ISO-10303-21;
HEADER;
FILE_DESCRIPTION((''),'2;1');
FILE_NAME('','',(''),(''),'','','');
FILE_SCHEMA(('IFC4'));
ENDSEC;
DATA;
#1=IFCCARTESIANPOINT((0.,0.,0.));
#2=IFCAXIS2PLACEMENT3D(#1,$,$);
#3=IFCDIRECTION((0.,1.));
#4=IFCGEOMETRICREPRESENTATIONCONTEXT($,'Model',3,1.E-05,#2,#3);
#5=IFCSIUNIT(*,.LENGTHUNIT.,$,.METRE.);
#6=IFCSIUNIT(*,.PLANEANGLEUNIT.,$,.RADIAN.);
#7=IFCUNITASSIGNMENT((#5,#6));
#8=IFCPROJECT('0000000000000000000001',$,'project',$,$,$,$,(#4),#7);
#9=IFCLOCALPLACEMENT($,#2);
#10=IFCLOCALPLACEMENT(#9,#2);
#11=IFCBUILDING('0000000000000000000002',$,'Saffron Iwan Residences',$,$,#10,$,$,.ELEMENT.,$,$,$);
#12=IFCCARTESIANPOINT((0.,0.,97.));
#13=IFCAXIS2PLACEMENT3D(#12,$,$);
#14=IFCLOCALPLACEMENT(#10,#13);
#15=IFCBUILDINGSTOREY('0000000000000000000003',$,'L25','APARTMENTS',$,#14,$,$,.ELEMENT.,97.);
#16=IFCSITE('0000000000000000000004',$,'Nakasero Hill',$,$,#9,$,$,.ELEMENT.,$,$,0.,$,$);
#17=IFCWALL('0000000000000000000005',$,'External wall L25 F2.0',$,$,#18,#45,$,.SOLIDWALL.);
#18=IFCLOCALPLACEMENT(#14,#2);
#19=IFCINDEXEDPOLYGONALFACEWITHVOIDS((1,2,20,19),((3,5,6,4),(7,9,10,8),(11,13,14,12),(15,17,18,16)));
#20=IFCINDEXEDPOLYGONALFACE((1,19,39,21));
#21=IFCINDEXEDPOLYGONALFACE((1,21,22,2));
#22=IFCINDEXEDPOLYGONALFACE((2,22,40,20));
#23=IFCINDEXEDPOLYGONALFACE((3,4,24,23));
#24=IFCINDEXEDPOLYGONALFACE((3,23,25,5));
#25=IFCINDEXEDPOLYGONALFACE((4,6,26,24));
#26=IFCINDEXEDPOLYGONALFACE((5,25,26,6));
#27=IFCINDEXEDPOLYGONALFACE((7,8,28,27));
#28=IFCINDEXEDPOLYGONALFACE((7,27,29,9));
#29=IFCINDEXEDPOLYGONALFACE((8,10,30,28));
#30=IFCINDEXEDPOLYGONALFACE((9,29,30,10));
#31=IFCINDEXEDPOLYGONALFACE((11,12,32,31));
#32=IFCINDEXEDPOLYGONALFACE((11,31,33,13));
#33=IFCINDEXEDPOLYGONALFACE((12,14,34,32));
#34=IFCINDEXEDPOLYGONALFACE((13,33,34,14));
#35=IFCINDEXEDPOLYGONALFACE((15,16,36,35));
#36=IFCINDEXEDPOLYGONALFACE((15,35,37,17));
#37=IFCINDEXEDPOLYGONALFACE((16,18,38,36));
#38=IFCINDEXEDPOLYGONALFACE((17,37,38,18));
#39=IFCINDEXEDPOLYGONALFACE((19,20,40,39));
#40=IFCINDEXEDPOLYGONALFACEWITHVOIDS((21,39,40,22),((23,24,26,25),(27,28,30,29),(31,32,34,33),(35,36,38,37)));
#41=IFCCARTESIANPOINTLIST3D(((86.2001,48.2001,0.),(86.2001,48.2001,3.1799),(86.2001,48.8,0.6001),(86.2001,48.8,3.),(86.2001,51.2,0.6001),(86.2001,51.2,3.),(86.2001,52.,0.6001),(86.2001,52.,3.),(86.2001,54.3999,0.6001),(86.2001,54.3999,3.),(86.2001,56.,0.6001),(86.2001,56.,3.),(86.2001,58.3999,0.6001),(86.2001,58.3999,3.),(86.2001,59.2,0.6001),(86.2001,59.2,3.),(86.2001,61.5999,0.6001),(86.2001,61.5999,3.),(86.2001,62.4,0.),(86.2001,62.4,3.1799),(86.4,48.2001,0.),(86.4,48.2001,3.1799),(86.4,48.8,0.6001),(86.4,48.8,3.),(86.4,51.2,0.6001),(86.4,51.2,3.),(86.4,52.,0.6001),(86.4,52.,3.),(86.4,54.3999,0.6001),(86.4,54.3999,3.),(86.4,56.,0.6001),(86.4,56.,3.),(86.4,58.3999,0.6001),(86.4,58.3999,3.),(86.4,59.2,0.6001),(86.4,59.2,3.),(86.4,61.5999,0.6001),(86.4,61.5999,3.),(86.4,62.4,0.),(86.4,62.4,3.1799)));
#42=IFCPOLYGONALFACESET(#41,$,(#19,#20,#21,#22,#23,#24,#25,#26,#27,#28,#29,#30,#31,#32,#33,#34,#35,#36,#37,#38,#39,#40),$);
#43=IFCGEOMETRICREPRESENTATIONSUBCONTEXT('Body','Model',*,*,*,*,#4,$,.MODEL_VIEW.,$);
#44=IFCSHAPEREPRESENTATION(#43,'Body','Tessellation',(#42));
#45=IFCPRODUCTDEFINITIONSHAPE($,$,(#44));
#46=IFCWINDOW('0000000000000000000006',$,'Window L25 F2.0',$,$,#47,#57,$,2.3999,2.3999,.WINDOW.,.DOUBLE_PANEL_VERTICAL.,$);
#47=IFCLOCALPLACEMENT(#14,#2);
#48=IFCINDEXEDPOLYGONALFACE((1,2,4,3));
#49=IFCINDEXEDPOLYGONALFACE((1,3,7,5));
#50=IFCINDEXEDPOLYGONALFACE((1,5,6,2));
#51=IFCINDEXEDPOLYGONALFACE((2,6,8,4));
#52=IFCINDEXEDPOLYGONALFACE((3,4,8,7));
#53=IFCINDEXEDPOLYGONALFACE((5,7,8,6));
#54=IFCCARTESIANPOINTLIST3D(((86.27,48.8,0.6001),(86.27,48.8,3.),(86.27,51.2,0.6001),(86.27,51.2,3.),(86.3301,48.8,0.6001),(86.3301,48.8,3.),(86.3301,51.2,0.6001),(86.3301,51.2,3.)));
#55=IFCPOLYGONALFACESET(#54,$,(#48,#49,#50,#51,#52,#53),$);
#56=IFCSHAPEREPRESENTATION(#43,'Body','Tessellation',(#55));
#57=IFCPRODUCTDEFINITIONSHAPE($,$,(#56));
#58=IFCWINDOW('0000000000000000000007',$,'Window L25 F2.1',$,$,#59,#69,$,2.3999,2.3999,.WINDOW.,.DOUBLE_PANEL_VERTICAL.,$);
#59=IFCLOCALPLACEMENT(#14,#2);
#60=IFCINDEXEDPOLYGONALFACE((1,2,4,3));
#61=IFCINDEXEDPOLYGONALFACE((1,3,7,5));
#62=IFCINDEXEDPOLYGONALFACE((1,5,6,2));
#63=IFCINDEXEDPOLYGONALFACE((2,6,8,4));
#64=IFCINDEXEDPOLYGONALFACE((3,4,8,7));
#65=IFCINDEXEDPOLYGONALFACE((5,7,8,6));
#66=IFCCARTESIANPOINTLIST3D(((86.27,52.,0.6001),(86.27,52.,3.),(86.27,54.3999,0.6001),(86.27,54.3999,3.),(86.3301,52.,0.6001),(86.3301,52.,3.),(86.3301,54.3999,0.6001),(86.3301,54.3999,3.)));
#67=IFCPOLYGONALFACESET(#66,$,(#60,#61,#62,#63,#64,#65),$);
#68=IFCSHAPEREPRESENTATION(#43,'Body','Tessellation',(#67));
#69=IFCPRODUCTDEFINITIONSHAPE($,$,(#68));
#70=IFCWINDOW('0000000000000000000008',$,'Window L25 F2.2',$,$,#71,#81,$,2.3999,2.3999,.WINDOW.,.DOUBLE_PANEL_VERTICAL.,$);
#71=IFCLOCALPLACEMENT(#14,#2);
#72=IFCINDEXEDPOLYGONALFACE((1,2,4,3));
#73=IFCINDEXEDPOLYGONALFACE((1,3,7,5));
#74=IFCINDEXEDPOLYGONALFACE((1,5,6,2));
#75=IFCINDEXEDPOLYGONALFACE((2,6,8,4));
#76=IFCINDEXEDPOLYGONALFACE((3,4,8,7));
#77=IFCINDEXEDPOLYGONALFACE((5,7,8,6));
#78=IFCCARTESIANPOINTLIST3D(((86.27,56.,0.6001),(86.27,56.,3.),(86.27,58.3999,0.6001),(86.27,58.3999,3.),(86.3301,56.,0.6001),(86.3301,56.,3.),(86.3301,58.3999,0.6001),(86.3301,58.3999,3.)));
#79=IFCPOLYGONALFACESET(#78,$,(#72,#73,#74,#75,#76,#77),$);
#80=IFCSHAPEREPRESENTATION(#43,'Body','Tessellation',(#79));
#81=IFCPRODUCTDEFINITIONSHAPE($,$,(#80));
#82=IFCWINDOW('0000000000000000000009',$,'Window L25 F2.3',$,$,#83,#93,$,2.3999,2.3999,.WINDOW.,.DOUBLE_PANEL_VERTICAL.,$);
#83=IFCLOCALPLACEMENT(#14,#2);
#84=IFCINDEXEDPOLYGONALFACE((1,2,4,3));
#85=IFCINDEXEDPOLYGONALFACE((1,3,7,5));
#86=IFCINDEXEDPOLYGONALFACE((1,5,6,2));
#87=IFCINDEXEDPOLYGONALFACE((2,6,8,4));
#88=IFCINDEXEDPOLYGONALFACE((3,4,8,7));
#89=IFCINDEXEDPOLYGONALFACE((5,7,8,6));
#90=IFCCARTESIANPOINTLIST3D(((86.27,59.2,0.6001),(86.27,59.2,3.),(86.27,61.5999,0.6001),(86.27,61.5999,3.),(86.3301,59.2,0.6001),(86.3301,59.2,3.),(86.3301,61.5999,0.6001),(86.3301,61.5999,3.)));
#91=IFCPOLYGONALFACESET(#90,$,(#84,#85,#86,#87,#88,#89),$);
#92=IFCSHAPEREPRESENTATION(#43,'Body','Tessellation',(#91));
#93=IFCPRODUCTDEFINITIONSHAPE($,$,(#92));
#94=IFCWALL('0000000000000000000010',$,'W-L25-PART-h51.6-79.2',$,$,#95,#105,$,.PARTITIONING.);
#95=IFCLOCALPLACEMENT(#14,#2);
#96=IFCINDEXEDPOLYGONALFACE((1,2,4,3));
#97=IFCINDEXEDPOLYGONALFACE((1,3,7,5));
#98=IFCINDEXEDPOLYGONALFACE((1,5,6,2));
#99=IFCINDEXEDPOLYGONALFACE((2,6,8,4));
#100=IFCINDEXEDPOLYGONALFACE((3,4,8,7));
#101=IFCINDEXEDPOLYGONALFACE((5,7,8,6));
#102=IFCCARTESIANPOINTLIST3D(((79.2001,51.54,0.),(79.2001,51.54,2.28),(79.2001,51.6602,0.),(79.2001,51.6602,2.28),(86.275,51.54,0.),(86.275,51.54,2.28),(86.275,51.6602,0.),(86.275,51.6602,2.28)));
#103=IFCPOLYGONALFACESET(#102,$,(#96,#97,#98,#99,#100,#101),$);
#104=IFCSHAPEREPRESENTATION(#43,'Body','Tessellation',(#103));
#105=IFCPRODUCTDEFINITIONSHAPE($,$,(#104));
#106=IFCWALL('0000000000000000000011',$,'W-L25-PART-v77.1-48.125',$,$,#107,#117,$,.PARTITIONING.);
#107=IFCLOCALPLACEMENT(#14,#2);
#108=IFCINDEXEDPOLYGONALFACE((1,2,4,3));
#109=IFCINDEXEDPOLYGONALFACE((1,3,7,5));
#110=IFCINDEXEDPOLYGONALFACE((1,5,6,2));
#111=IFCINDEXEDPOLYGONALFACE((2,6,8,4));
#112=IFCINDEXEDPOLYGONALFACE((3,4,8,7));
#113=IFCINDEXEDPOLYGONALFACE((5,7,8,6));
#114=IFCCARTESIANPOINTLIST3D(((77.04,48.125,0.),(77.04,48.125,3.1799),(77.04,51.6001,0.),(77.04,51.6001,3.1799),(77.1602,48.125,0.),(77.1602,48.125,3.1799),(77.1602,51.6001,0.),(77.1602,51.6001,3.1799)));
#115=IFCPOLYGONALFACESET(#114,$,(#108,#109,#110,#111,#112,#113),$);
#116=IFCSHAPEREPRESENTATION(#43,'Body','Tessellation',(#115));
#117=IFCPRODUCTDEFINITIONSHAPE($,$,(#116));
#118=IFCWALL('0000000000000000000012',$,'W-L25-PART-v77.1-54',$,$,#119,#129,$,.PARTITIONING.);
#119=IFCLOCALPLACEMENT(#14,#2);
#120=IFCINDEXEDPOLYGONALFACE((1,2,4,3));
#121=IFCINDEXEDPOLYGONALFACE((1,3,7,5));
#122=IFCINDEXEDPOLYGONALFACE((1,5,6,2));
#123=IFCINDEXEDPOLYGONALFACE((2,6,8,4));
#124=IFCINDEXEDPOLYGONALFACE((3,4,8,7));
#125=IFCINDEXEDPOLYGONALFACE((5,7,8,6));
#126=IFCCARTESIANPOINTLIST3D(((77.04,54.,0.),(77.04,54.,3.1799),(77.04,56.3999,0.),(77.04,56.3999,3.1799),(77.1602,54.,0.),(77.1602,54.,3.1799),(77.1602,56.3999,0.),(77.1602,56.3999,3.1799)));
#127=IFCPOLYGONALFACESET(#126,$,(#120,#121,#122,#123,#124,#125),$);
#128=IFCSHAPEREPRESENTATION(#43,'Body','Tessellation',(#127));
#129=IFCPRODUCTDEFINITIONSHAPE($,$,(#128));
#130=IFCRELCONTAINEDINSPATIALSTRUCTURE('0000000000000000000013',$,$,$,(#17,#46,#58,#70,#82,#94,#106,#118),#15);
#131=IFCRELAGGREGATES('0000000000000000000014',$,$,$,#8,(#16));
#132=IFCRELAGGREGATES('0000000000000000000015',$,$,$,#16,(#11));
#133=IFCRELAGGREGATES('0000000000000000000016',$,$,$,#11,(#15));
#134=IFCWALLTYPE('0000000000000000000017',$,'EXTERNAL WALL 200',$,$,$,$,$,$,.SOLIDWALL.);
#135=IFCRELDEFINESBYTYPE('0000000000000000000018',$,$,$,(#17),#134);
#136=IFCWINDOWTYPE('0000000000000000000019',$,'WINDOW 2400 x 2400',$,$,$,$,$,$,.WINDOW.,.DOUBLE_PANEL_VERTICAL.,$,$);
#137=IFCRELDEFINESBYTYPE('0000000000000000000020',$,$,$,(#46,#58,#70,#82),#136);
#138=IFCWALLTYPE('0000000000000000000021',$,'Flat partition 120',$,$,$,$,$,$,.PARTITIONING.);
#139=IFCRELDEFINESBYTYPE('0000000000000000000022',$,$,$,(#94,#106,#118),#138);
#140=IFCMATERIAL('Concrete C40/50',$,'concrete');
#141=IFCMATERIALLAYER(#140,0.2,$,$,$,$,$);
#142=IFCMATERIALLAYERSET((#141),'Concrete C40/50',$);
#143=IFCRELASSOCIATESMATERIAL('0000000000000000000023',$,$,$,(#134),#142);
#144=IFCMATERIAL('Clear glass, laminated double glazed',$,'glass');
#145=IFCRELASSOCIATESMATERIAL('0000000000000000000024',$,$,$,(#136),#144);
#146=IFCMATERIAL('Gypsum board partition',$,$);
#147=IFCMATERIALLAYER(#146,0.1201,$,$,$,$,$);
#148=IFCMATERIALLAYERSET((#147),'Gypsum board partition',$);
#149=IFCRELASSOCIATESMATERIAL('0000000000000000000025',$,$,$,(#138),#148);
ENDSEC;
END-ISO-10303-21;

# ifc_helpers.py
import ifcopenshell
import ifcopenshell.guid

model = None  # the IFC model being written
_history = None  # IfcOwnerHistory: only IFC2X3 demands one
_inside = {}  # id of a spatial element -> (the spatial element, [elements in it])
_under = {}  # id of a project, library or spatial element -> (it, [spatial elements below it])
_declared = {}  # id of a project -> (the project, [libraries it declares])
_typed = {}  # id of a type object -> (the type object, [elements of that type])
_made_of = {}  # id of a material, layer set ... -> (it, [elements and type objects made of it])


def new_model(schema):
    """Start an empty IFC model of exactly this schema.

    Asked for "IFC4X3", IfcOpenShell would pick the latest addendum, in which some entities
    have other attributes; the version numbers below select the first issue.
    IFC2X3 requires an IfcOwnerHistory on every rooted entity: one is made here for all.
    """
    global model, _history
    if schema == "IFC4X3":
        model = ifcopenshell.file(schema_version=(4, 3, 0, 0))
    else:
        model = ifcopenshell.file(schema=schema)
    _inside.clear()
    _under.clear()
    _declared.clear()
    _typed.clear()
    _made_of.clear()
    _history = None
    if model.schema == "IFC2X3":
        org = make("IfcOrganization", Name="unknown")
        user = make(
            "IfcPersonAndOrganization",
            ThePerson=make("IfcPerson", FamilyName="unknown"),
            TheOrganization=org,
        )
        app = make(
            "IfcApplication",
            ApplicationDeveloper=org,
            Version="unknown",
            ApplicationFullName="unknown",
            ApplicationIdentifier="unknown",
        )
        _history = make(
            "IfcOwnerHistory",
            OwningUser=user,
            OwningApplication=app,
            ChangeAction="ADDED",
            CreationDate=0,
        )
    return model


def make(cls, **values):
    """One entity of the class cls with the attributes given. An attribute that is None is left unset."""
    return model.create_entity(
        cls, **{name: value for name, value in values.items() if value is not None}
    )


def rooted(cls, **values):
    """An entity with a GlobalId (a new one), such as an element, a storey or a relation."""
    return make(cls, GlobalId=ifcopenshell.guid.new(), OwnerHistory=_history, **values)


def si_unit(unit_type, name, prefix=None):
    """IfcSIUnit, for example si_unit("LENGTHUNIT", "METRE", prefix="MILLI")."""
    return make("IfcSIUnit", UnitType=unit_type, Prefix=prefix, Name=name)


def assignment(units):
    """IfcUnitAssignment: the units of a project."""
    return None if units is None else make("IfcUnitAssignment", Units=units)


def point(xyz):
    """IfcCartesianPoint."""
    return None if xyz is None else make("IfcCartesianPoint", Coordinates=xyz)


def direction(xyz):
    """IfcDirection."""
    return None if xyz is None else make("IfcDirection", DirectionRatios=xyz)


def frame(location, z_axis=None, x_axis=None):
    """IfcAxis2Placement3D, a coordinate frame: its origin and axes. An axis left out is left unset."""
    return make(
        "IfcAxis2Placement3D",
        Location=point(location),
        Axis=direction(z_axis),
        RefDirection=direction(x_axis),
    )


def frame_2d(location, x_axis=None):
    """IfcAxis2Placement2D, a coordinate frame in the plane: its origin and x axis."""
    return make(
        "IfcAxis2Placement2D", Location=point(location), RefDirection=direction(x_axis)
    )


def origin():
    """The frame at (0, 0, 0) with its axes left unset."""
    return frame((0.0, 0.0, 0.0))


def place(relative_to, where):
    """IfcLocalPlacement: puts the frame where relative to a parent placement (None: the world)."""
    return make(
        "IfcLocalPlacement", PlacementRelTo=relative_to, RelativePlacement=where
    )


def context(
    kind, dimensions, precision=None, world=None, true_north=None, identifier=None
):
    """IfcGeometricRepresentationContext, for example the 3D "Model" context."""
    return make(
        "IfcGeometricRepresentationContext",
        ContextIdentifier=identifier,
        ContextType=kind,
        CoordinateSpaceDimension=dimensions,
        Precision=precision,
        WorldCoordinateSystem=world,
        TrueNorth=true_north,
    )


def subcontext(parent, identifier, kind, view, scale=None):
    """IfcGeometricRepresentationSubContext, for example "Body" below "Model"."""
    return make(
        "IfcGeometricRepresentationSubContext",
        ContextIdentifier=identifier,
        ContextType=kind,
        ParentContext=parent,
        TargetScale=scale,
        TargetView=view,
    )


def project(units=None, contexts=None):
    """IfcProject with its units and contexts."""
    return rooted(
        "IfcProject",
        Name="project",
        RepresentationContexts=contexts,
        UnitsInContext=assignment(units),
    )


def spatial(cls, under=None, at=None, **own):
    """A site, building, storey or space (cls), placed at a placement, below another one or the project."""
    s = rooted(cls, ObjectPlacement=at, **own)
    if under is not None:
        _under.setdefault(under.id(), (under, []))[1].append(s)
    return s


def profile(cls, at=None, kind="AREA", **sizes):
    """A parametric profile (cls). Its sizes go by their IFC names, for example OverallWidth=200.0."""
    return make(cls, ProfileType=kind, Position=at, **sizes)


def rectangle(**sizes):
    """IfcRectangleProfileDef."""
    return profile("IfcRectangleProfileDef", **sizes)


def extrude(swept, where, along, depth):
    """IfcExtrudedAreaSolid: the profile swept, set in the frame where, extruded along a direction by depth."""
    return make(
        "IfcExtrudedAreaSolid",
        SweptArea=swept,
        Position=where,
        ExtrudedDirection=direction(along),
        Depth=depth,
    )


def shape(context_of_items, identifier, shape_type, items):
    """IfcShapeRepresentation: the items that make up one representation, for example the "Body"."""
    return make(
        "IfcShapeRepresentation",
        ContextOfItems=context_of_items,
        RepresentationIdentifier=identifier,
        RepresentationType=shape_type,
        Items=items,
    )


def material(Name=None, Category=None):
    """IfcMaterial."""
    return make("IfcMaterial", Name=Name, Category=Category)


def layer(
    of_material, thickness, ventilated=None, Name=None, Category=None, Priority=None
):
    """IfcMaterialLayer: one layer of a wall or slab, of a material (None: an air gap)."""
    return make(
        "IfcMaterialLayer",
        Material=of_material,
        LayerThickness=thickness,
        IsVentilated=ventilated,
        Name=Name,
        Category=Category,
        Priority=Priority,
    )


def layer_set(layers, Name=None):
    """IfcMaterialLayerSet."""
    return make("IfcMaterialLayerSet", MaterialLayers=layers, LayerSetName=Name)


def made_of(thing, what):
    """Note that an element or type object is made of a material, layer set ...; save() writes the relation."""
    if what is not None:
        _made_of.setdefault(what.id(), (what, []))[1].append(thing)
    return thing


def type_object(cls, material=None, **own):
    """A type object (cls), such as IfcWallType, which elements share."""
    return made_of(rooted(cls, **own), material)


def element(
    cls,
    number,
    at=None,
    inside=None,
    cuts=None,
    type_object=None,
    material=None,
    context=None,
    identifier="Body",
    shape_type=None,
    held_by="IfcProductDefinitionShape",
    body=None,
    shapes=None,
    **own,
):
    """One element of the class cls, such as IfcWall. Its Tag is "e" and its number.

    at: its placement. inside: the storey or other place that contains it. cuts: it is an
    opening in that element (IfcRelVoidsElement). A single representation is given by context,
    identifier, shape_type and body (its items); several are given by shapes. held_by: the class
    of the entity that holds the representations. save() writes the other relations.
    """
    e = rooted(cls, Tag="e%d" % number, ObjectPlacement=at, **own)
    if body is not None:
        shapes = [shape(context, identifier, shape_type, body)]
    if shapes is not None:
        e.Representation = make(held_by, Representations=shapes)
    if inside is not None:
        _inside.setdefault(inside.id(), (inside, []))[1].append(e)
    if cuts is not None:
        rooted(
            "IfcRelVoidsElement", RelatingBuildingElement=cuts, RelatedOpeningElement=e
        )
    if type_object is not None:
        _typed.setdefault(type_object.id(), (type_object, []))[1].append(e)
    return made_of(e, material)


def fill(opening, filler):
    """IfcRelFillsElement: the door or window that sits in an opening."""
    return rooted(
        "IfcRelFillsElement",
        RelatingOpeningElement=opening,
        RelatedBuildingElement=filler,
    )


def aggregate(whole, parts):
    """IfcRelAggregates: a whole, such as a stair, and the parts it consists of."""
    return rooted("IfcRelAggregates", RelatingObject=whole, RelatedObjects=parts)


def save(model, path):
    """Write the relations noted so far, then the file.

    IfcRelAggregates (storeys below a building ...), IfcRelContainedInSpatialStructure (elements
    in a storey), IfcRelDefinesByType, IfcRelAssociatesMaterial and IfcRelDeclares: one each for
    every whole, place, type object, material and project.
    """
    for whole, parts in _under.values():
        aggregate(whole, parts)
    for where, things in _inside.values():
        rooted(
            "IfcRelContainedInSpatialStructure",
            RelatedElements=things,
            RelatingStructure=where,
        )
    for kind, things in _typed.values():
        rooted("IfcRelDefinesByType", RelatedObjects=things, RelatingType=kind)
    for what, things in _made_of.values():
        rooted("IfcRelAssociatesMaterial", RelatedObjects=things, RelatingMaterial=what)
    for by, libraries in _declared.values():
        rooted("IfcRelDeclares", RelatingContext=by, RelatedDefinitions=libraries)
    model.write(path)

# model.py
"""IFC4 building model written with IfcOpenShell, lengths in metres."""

from ifc_helpers import new_model, si_unit, direction, frame, frame_2d, origin, place, context, subcontext, project, spatial, rectangle, extrude, material, layer, layer_set, type_object, element, fill, save


model = new_model("IFC4")

# Units and contexts
model_context = context("Model", 3, precision=1e-05, world=origin(), true_north=direction((0.0, 1.0)))
body_context = subcontext(model_context, "Body", "Model", "MODEL_VIEW")
ifc_project = project(units=[si_unit("LENGTHUNIT", "METRE"), si_unit("PLANEANGLEUNIT", "RADIAN")], contexts=[model_context])

# Site, building, storey
site_placement = place(None, origin())
site = spatial("IfcSite", under=ifc_project, at=site_placement, Name="Nakasero Hill", CompositionType="ELEMENT", RefElevation=0.0)
building_placement = place(site_placement, origin())
building = spatial("IfcBuilding", under=site, at=building_placement, Name="Saffron Iwan Residences", CompositionType="ELEMENT")
storey_placement = place(building_placement, frame((0.0, 0.0, 97.0)))
storey = spatial("IfcBuildingStorey", under=building, at=storey_placement, Name="L25", Description="APARTMENTS", CompositionType="ELEMENT", Elevation=97.0)

# Shared definitions
ifc_material_1 = material(Name="Concrete C40/50", Category="concrete")
ifc_layer_1 = layer(ifc_material_1, 0.2)
ifc_layer_set_1 = layer_set([ifc_layer_1], Name="Concrete C40/50")
wall_type_1 = type_object("IfcWallType", Name="EXTERNAL WALL 200", PredefinedType="SOLIDWALL", material=ifc_layer_set_1)
ifc_material_2 = material(Name="Clear glass, laminated double glazed", Category="glass")
window_type = type_object("IfcWindowType", Name="WINDOW 2400 x 2400", PartitioningType="DOUBLE_PANEL_VERTICAL", PredefinedType="WINDOW", material=ifc_material_2)

# Wall, openings, windows
wall_1_placement = place(storey_placement, frame((86.3, 48.2, 0.0), z_axis=(0.0, 0.0, 1.0), x_axis=(0.0, 1.0, 0.0)))
wall_1 = element("IfcWall", 1, at=wall_1_placement, inside=storey, type_object=wall_type_1, Name="External wall L25 F2.0", PredefinedType="SOLIDWALL", context=body_context, shape_type="SweptSolid", body=[
    extrude(rectangle(XDim=14.2, YDim=0.2, at=frame_2d((7.1001, 0.0))), origin(), (0.0, 0.0, 1.0), 3.1799),
])
opening_1_placement = place(wall_1_placement, frame((0.6001, 0.0, 0.6001)))
opening_1 = element("IfcOpeningElement", 2, at=opening_1_placement, cuts=wall_1, PredefinedType="OPENING", context=body_context, shape_type="SweptSolid", body=[
    extrude(rectangle(XDim=2.3999, YDim=2.3999, at=frame_2d((1.2, 1.2))), frame((0.0, 0.1099, 0.0), z_axis=(0.0, -1.0, 0.0), x_axis=(1.0, 0.0, 0.0)), (0.0, 0.0, 1.0), 0.22),
])
opening_2_placement = place(wall_1_placement, frame((3.8, 0.0, 0.6001)))
opening_2 = element("IfcOpeningElement", 3, at=opening_2_placement, cuts=wall_1, PredefinedType="OPENING", context=body_context, shape_type="SweptSolid", body=[
    extrude(rectangle(XDim=2.3999, YDim=2.3999, at=frame_2d((1.2, 1.2))), frame((0.0, 0.1099, 0.0), z_axis=(0.0, -1.0, 0.0), x_axis=(1.0, 0.0, 0.0)), (0.0, 0.0, 1.0), 0.22),
])
opening_3_placement = place(wall_1_placement, frame((7.8, 0.0, 0.6001)))
opening_3 = element("IfcOpeningElement", 4, at=opening_3_placement, cuts=wall_1, PredefinedType="OPENING", context=body_context, shape_type="SweptSolid", body=[
    extrude(rectangle(XDim=2.3999, YDim=2.3999, at=frame_2d((1.2, 1.2))), frame((0.0, 0.1099, 0.0), z_axis=(0.0, -1.0, 0.0), x_axis=(1.0, 0.0, 0.0)), (0.0, 0.0, 1.0), 0.22),
])
opening_4_placement = place(wall_1_placement, frame((11.0, 0.0, 0.6001)))
opening_4 = element("IfcOpeningElement", 5, at=opening_4_placement, cuts=wall_1, PredefinedType="OPENING", context=body_context, shape_type="SweptSolid", body=[
    extrude(rectangle(XDim=2.3999, YDim=2.3999, at=frame_2d((1.2, 1.2))), frame((0.0, 0.1099, 0.0), z_axis=(0.0, -1.0, 0.0), x_axis=(1.0, 0.0, 0.0)), (0.0, 0.0, 1.0), 0.22),
])
window_1_placement = place(opening_1_placement, origin())
window_1 = element("IfcWindow", 6, at=window_1_placement, inside=storey, type_object=window_type, Name="Window L25 F2.0", OverallHeight=2.3999, OverallWidth=2.3999, PartitioningType="DOUBLE_PANEL_VERTICAL", PredefinedType="WINDOW", context=body_context, shape_type="SweptSolid", body=[
    extrude(rectangle(XDim=2.3999, YDim=2.3999, at=frame_2d((1.2, 1.2))), frame((0.0, 0.03, 0.0), z_axis=(0.0, -1.0, 0.0), x_axis=(1.0, 0.0, 0.0)), (0.0, 0.0, 1.0), 0.0601),
])
fill(opening_1, window_1)
window_2_placement = place(opening_2_placement, origin())
window_2 = element("IfcWindow", 7, at=window_2_placement, inside=storey, type_object=window_type, Name="Window L25 F2.1", OverallHeight=2.3999, OverallWidth=2.3999, PartitioningType="DOUBLE_PANEL_VERTICAL", PredefinedType="WINDOW", context=body_context, shape_type="SweptSolid", body=[
    extrude(rectangle(XDim=2.3999, YDim=2.3999, at=frame_2d((1.2, 1.2))), frame((0.0, 0.03, 0.0), z_axis=(0.0, -1.0, 0.0), x_axis=(1.0, 0.0, 0.0)), (0.0, 0.0, 1.0), 0.0601),
])
fill(opening_2, window_2)
window_3_placement = place(opening_3_placement, origin())
window_3 = element("IfcWindow", 8, at=window_3_placement, inside=storey, type_object=window_type, Name="Window L25 F2.2", OverallHeight=2.3999, OverallWidth=2.3999, PartitioningType="DOUBLE_PANEL_VERTICAL", PredefinedType="WINDOW", context=body_context, shape_type="SweptSolid", body=[
    extrude(rectangle(XDim=2.3999, YDim=2.3999, at=frame_2d((1.2, 1.2))), frame((0.0, 0.03, 0.0), z_axis=(0.0, -1.0, 0.0), x_axis=(1.0, 0.0, 0.0)), (0.0, 0.0, 1.0), 0.0601),
])
fill(opening_3, window_3)
window_4_placement = place(opening_4_placement, origin())
window_4 = element("IfcWindow", 9, at=window_4_placement, inside=storey, type_object=window_type, Name="Window L25 F2.3", OverallHeight=2.3999, OverallWidth=2.3999, PartitioningType="DOUBLE_PANEL_VERTICAL", PredefinedType="WINDOW", context=body_context, shape_type="SweptSolid", body=[
    extrude(rectangle(XDim=2.3999, YDim=2.3999, at=frame_2d((1.2, 1.2))), frame((0.0, 0.03, 0.0), z_axis=(0.0, -1.0, 0.0), x_axis=(1.0, 0.0, 0.0)), (0.0, 0.0, 1.0), 0.0601),
])
fill(opening_4, window_4)

# Walls
ifc_material_3 = material(Name="Gypsum board partition")
ifc_layer_2 = layer(ifc_material_3, 0.1201)
ifc_layer_set_2 = layer_set([ifc_layer_2], Name="Gypsum board partition")
wall_type_2 = type_object("IfcWallType", Name="Flat partition 120", PredefinedType="PARTITIONING", material=ifc_layer_set_2)
wall_2_placement = place(storey_placement, frame((79.2, 51.6001, 0.0), z_axis=(0.0, 0.0, 1.0), x_axis=(1.0, 0.0, 0.0)))
element("IfcWall", 10, at=wall_2_placement, inside=storey, type_object=wall_type_2, Name="W-L25-PART-h51.6-79.2", PredefinedType="PARTITIONING", context=body_context, shape_type="SweptSolid", body=[
    extrude(rectangle(XDim=7.075, YDim=0.1201, at=frame_2d((3.5376, 0.0))), origin(), (0.0, 0.0, 1.0), 2.28),
])
wall_3_placement = place(storey_placement, frame((77.1001, 48.125, 0.0), z_axis=(0.0, 0.0, 1.0), x_axis=(0.0, 1.0, 0.0)))
element("IfcWall", 11, at=wall_3_placement, inside=storey, type_object=wall_type_2, Name="W-L25-PART-v77.1-48.125", PredefinedType="PARTITIONING", context=body_context, shape_type="SweptSolid", body=[
    extrude(rectangle(XDim=3.4751, YDim=0.1201, at=frame_2d((1.7375, 0.0))), origin(), (0.0, 0.0, 1.0), 3.1799),
])
wall_4_placement = place(storey_placement, frame((77.1001, 54.0, 0.0), z_axis=(0.0, 0.0, 1.0), x_axis=(0.0, 1.0, 0.0)))
element("IfcWall", 12, at=wall_4_placement, inside=storey, type_object=wall_type_2, Name="W-L25-PART-v77.1-54", PredefinedType="PARTITIONING", context=body_context, shape_type="SweptSolid", body=[
    extrude(rectangle(XDim=2.3999, YDim=0.1201, at=frame_2d((1.2, 0.0))), origin(), (0.0, 0.0, 1.0), 3.1799),
])

save(model, "model.ifc")
